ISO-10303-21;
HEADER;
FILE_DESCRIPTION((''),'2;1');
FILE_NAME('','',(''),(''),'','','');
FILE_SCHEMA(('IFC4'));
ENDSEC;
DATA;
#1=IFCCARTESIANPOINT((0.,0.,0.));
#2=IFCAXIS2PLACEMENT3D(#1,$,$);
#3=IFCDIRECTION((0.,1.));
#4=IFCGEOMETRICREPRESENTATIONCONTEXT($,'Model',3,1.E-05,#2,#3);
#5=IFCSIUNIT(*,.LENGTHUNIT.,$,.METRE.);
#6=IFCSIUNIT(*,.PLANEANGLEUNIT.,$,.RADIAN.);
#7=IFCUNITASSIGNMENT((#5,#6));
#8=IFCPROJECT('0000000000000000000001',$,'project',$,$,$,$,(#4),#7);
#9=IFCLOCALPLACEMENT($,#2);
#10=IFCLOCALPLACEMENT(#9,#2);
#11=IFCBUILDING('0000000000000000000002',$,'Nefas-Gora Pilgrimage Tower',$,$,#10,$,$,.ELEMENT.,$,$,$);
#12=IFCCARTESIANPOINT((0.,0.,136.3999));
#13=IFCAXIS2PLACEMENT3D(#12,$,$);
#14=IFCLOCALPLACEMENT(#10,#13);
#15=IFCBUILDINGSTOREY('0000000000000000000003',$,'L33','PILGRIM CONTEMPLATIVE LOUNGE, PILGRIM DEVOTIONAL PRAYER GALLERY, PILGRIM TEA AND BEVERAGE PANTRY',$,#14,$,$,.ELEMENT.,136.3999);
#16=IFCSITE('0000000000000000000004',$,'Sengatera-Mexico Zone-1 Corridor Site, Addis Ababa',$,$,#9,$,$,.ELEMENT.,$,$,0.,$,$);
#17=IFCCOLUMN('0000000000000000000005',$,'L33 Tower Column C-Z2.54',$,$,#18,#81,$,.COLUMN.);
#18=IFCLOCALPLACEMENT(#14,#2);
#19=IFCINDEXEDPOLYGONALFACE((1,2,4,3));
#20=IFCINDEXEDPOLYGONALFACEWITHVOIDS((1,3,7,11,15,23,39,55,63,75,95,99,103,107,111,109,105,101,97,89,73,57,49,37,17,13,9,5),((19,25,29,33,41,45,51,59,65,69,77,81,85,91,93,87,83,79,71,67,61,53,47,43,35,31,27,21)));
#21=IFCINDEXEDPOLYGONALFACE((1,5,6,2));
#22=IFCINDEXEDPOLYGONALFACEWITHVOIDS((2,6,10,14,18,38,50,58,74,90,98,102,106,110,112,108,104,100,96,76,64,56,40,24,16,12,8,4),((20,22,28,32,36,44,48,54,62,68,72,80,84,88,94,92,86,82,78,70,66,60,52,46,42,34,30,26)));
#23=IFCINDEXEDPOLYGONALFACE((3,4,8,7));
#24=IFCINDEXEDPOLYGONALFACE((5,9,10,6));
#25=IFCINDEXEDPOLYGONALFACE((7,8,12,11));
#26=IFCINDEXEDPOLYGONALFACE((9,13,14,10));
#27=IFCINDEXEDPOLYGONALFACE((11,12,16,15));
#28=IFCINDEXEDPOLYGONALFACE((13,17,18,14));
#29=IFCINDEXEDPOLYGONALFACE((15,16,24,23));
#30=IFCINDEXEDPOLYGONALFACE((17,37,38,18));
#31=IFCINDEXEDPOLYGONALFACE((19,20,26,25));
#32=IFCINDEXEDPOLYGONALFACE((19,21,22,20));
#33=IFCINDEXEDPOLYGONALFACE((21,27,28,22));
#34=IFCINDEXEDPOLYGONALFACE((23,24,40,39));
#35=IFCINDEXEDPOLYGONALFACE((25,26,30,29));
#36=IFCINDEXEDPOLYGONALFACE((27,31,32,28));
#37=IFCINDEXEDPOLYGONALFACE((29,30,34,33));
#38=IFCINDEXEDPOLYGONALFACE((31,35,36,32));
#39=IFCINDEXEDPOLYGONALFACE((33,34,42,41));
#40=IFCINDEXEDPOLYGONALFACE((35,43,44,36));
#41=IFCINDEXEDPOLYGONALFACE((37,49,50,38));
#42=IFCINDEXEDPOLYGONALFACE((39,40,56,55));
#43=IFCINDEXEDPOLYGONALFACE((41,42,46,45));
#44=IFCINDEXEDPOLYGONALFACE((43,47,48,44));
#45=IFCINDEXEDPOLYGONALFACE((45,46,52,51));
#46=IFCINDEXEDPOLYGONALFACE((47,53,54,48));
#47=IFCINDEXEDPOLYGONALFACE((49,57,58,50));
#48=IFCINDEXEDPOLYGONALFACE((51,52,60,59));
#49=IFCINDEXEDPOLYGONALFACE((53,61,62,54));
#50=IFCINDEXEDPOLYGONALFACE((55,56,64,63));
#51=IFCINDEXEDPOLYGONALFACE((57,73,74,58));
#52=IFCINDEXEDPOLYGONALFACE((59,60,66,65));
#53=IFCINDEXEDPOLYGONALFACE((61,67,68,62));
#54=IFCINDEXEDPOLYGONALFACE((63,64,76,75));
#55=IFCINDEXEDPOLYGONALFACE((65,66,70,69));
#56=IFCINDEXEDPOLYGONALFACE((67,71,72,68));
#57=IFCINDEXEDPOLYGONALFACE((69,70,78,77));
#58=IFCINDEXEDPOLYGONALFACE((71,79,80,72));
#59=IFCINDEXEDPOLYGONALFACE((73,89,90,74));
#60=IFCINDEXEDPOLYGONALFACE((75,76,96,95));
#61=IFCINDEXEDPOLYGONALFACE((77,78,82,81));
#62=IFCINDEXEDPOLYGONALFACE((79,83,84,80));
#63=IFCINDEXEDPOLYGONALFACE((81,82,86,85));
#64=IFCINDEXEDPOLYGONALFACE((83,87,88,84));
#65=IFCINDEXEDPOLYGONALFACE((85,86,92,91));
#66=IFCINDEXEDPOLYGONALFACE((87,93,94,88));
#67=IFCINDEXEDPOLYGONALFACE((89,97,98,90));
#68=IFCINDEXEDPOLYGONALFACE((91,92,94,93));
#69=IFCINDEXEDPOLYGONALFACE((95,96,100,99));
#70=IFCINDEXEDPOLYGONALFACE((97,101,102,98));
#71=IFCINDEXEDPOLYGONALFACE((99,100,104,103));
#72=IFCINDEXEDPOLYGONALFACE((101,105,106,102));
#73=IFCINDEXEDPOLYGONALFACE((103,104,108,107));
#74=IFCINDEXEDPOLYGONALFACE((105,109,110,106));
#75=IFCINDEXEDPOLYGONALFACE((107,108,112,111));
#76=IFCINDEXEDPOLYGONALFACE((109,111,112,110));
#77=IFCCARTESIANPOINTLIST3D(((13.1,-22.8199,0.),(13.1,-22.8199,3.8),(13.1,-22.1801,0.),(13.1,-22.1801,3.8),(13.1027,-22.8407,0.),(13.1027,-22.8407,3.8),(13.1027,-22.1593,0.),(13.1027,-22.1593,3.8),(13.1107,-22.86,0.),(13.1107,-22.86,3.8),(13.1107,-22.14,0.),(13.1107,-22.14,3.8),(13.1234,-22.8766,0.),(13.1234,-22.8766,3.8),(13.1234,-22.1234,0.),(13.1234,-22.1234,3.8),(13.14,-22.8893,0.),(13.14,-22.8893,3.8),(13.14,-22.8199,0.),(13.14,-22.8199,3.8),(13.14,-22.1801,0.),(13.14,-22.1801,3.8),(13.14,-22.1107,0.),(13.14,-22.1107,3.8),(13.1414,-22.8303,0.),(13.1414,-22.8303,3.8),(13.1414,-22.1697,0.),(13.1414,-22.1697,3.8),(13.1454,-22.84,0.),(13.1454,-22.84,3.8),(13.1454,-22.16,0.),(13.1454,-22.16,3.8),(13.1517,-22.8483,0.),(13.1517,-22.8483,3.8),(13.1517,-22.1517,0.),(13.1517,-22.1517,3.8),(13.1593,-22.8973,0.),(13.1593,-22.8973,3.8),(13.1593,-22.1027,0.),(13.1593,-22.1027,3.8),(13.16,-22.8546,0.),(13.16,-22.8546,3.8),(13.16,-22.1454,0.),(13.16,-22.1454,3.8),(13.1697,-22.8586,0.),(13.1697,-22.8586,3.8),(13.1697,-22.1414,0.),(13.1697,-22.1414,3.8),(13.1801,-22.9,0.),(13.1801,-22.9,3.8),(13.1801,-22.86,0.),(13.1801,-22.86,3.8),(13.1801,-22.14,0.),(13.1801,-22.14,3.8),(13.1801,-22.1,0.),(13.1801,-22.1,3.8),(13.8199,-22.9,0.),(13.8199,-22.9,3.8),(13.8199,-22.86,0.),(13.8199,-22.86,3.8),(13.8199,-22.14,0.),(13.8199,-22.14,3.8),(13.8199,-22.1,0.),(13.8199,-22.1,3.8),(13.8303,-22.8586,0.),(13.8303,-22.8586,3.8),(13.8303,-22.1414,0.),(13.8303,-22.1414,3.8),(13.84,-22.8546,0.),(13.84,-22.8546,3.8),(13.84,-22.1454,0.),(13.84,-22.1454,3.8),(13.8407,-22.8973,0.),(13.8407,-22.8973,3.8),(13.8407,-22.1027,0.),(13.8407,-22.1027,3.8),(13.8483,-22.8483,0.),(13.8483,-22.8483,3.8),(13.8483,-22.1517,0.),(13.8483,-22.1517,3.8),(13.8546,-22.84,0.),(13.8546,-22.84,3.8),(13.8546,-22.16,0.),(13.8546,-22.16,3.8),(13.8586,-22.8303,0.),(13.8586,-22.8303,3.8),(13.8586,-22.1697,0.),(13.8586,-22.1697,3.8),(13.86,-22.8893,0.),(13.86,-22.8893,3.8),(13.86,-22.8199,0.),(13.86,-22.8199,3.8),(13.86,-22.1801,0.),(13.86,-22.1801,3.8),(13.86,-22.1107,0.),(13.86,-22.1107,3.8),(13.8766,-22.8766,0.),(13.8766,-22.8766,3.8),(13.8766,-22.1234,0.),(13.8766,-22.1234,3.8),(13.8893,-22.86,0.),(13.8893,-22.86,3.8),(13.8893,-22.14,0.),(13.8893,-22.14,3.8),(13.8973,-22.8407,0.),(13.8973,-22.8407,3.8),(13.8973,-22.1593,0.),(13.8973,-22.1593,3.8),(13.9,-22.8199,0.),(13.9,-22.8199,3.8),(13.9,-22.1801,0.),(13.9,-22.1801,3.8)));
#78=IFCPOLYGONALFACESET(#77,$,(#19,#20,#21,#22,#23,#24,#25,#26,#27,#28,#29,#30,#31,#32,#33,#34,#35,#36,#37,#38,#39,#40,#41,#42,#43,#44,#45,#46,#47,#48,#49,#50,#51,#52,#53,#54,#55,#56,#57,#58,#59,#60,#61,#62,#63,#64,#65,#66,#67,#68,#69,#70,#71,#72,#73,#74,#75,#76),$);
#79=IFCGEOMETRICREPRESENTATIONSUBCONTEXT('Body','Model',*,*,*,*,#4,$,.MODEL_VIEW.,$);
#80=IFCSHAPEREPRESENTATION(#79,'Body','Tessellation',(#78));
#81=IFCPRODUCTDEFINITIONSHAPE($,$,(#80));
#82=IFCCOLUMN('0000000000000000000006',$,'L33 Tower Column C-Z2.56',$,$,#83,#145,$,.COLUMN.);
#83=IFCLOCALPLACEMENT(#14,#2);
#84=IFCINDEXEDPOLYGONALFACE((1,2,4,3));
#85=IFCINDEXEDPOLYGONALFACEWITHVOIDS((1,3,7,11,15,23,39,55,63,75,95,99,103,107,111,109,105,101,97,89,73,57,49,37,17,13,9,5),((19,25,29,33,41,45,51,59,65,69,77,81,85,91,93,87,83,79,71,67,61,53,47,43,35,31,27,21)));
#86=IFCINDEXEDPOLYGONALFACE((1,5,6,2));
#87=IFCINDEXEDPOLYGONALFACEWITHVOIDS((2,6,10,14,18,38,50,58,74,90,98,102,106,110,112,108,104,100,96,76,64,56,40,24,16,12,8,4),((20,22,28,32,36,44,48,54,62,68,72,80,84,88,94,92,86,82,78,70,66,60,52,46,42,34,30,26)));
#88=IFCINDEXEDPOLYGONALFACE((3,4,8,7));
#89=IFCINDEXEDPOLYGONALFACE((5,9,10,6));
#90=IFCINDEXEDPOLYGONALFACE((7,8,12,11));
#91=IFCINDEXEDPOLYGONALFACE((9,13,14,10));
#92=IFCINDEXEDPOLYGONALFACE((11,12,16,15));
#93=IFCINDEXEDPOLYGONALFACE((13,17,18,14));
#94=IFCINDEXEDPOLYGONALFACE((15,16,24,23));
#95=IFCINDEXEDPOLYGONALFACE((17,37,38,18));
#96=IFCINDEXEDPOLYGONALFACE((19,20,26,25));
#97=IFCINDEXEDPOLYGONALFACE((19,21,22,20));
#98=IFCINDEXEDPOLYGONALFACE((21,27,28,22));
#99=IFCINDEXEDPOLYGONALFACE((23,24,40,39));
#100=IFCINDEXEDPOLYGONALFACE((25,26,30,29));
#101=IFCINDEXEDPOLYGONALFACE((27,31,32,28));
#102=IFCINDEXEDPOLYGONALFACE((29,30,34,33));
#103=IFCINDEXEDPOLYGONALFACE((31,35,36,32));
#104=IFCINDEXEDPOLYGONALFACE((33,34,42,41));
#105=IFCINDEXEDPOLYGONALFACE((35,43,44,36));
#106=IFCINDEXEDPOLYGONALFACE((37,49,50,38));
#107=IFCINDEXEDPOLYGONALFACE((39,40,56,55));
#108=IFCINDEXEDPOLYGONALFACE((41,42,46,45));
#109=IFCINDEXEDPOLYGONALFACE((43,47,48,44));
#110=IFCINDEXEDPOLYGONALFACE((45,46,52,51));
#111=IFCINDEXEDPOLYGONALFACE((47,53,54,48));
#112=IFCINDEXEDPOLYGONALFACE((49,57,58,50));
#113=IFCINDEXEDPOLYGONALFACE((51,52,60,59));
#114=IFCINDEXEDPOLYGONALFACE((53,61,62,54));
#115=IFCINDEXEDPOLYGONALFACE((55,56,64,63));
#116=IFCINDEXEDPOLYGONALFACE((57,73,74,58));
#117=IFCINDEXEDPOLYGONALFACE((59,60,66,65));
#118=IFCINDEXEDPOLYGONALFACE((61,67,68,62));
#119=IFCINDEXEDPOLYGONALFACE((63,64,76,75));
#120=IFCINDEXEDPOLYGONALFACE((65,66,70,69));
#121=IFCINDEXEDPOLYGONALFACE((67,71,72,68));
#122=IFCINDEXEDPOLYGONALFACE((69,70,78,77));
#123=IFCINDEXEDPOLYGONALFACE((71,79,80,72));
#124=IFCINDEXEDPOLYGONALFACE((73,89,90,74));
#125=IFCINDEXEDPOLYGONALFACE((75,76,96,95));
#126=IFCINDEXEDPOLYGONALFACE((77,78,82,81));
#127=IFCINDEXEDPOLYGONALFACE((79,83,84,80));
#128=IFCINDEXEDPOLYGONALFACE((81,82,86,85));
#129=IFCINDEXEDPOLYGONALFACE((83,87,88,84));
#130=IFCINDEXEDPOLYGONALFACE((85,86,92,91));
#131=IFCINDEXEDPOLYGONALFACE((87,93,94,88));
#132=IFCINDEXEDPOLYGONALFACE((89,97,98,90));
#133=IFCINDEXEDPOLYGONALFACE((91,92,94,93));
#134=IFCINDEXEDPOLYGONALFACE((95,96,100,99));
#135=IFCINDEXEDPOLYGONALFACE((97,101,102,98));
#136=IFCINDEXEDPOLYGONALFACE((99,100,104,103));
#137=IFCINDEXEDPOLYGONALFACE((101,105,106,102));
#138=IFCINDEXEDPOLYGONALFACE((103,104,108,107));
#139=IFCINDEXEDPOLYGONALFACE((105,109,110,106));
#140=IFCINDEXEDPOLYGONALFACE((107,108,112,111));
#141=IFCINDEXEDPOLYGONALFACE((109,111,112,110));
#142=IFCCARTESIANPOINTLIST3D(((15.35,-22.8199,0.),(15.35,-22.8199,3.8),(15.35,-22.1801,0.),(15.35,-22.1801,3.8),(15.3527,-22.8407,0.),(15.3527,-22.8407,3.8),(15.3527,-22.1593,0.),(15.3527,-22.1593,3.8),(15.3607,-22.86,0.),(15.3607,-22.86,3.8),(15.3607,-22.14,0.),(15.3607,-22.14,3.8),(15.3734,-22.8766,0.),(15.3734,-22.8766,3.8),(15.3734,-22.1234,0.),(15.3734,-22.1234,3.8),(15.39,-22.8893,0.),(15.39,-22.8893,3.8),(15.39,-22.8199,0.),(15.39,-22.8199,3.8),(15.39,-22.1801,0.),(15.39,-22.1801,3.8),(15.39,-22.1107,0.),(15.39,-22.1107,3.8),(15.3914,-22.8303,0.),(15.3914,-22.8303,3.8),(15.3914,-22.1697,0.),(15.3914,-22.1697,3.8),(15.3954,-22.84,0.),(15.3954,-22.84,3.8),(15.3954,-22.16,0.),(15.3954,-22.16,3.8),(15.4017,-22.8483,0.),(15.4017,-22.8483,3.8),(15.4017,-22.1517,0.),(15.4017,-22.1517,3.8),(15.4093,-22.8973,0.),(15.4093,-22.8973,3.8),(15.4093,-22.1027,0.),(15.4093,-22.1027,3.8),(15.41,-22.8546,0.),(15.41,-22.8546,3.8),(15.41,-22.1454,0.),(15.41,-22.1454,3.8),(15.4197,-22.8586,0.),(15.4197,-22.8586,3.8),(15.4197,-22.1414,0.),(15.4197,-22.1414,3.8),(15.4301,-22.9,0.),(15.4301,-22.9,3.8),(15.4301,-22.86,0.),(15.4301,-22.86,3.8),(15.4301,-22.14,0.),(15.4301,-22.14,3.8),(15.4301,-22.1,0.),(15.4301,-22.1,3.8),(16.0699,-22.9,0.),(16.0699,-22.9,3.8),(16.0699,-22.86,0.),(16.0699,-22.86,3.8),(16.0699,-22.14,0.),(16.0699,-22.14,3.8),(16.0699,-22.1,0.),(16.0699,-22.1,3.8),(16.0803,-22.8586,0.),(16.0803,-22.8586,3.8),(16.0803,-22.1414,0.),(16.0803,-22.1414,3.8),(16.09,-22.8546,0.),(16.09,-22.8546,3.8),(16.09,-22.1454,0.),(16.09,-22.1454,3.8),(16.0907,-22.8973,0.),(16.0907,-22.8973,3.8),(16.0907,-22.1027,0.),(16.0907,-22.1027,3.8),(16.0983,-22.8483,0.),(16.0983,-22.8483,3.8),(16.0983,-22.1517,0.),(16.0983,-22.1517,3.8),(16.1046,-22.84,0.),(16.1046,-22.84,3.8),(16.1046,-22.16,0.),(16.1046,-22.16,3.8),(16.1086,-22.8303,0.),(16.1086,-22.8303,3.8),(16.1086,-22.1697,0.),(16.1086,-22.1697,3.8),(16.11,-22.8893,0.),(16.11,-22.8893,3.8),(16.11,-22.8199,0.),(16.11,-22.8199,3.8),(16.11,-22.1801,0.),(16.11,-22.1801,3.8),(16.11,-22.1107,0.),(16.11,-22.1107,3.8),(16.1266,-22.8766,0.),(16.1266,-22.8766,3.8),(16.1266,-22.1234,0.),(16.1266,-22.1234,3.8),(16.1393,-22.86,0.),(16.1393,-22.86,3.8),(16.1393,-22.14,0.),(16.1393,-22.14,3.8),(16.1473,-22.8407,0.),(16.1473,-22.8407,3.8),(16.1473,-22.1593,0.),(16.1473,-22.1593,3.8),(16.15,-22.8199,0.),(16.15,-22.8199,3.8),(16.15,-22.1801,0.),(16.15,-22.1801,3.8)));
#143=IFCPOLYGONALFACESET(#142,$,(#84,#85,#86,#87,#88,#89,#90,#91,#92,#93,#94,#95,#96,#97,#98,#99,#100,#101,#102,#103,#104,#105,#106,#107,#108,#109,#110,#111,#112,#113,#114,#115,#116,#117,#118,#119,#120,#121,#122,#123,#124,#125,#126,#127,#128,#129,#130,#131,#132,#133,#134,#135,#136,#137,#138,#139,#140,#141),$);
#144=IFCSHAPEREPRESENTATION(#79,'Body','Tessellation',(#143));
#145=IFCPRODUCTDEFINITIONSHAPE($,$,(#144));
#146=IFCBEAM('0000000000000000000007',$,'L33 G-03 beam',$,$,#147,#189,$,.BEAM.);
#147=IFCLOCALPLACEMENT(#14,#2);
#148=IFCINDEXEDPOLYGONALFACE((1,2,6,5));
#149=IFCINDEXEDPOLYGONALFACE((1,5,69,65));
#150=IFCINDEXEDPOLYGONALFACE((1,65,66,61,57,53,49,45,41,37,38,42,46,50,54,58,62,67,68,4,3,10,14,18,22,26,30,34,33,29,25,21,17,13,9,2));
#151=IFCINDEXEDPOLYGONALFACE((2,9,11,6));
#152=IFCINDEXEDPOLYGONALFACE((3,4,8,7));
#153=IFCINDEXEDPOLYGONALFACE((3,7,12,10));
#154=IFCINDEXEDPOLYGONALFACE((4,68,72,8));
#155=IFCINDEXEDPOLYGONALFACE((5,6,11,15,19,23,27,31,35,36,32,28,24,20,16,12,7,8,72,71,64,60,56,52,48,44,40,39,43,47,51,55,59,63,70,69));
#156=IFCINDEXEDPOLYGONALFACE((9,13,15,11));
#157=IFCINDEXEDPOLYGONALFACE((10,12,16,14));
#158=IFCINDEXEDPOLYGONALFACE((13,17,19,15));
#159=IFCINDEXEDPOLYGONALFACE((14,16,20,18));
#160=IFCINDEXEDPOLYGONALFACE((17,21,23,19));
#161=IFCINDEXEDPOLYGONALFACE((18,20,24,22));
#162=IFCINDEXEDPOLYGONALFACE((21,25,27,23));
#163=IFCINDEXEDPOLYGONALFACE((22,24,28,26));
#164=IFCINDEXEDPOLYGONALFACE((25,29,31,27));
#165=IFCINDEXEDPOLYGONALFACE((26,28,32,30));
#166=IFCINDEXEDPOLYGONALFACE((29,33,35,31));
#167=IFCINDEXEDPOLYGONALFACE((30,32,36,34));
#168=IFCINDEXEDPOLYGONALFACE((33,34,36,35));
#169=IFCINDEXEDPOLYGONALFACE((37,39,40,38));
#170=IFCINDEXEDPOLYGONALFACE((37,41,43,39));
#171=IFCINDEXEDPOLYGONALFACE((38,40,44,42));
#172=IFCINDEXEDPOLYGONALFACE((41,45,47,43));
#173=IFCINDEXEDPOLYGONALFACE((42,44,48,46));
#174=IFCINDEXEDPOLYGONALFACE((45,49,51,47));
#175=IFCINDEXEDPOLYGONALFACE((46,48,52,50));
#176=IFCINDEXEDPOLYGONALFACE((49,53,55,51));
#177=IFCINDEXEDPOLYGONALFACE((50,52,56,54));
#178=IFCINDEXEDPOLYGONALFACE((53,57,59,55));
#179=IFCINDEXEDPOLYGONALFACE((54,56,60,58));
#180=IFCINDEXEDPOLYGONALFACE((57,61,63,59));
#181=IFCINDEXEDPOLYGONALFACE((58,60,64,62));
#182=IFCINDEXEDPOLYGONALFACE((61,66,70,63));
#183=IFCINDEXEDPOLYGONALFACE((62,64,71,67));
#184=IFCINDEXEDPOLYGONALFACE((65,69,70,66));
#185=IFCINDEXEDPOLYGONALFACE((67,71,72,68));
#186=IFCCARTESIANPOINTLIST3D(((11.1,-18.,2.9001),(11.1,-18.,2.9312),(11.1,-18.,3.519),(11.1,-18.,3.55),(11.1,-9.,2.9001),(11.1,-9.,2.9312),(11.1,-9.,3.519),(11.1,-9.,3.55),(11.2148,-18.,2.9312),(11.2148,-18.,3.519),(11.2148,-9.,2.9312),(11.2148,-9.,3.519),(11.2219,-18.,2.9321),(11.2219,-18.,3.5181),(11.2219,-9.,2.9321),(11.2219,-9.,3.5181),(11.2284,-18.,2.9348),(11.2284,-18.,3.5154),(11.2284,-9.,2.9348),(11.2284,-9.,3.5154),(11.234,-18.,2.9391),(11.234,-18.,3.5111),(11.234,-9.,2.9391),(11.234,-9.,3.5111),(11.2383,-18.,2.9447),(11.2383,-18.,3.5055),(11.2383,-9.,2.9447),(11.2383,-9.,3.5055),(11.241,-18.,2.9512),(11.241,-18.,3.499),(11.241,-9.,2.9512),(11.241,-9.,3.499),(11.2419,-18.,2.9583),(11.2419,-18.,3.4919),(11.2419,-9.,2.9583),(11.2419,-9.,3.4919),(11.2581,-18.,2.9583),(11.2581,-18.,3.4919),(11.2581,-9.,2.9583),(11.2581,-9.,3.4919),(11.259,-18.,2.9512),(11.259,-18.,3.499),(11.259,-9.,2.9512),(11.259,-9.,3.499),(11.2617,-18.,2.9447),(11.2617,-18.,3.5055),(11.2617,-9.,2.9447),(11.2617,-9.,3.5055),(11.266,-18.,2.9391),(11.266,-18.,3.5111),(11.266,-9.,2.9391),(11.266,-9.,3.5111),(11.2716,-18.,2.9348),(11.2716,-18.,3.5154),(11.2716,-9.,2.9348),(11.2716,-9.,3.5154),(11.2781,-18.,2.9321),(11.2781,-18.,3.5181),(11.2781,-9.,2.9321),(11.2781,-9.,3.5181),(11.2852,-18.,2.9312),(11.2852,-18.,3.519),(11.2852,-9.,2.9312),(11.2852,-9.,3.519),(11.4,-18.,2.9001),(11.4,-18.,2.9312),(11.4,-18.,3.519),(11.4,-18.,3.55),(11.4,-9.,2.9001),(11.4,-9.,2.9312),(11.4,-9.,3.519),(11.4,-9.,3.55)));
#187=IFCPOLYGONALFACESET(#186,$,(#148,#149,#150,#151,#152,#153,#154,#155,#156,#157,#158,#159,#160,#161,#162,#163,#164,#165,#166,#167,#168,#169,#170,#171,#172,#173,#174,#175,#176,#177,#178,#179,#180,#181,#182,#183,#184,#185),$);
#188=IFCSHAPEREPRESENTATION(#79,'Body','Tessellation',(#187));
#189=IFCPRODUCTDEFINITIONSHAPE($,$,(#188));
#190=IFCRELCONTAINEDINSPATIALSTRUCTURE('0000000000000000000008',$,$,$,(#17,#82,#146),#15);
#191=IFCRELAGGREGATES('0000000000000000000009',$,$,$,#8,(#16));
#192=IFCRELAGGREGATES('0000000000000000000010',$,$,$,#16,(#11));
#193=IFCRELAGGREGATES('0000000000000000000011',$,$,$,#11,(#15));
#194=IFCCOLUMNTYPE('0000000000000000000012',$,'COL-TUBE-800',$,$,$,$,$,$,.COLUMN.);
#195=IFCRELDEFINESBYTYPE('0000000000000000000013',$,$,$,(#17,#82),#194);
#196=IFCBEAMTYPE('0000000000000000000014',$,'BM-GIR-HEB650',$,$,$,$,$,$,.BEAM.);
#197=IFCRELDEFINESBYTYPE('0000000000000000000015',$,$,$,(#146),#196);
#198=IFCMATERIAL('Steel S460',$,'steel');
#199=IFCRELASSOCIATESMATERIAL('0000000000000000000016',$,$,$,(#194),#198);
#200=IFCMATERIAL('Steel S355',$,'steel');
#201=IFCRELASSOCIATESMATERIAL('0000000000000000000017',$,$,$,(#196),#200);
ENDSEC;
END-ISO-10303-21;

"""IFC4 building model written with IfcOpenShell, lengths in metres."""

from ifc_helpers import new_model, si_unit, direction, frame, origin, origin_2d, place, context, subcontext, project, spatial, hollow_rectangle, i_section, extrude, source, transform, mapped, material, material_profile, profile_set, type_object, element, save


model = new_model("IFC4")

# Units and contexts
model_context = context("Model", 3, precision=1e-05, world=origin(), true_north=direction((0.0, 1.0)))
body_context = subcontext(model_context, "Body", "Model", "MODEL_VIEW")
ifc_project = project(units=[si_unit("LENGTHUNIT", "METRE"), si_unit("PLANEANGLEUNIT", "RADIAN")], contexts=[model_context])

# Site, building, storey
site_placement = place(None, origin())
site = spatial("IfcSite", under=ifc_project, at=site_placement, Name="Sengatera-Mexico Zone-1 Corridor Site, Addis Ababa", CompositionType="ELEMENT", RefElevation=0.0)
building_placement = place(site_placement, origin())
building = spatial("IfcBuilding", under=site, at=building_placement, Name="Nefas-Gora Pilgrimage Tower", CompositionType="ELEMENT")
storey_placement = place(building_placement, frame((0.0, 0.0, 136.3999)))
storey = spatial("IfcBuildingStorey", under=building, at=storey_placement, Name="L33", Description="PILGRIM CONTEMPLATIVE LOUNGE, PILGRIM DEVOTIONAL PRAYER GALLERY, PILGRIM TEA AND BEVERAGE PANTRY", CompositionType="ELEMENT", Elevation=136.3999)

# Columns
ifc_material_1 = material(Name="Steel S460", Category="steel")
ifc_material_profile_1 = material_profile(ifc_material_1, hollow_rectangle(XDim=0.8, YDim=0.8, WallThickness=0.04, InnerFilletRadius=0.04, OuterFilletRadius=0.0801, at=origin_2d()), Name="BOX 800x800x40")
ifc_profile_set_1 = profile_set([ifc_material_profile_1], Name="Steel S460")
column_type_1 = type_object("IfcColumnType", Name="COL-TUBE-800", PredefinedType="COLUMN", material=ifc_profile_set_1)
shared_shape_1 = source(origin(), body_context, "Body", "SweptSolid", [
    extrude(hollow_rectangle(XDim=0.8, YDim=0.8, WallThickness=0.04, InnerFilletRadius=0.04, OuterFilletRadius=0.0801, at=origin_2d()), origin(), (0.0, 0.0, 1.0), 3.8),
])
for number, where, z_axis, x_axis, name in (
    (1, (13.5, -22.5, 0.0), (0.0, 0.0, 1.0), (1.0, 0.0, 0.0), "L33 Tower Column C-Z2.54"),
    (2, (15.75, -22.5, 0.0), (0.0, 0.0, 1.0), (1.0, 0.0, 0.0), "L33 Tower Column C-Z2.56"),
):
    element("IfcColumn", number, at=place(storey_placement, frame(where, z_axis=z_axis, x_axis=x_axis)), inside=storey, type_object=column_type_1, Name=name, PredefinedType="COLUMN", context=body_context, shape_type="MappedRepresentation", body=[
        mapped(shared_shape_1, transform((0.0, 0.0, 0.0), x_axis=(1.0, 0.0, 0.0), y_axis=(0.0, 1.0, 0.0), z_axis=(0.0, 0.0, 1.0), scale=1.0)),
    ])

# Beam
ifc_material_2 = material(Name="Steel S355", Category="steel")
ifc_material_profile_2 = material_profile(ifc_material_2, i_section(OverallWidth=0.3, OverallDepth=0.6499, WebThickness=0.0161, FlangeThickness=0.031, FilletRadius=0.0271, at=origin_2d()), Name="HEB 650")
ifc_profile_set_2 = profile_set([ifc_material_profile_2], Name="Steel S355")
beam_type_1 = type_object("IfcBeamType", Name="BM-GIR-HEB650", PredefinedType="BEAM", material=ifc_profile_set_2)
shared_shape_2 = source(origin(), body_context, "Body", "SweptSolid", [
    extrude(i_section(OverallWidth=0.3, OverallDepth=0.6499, WebThickness=0.0161, FlangeThickness=0.031, FilletRadius=0.0271, at=origin_2d()), origin(), (0.0, 0.0, 1.0), 9.0),
])
beam_1_placement = place(storey_placement, frame((11.25, -18.0, 3.2251), z_axis=(0.0, 1.0, 0.0), x_axis=(-1.0, 0.0, 0.0)))
element("IfcBeam", 3, at=beam_1_placement, inside=storey, type_object=beam_type_1, Name="L33 G-03 beam", PredefinedType="BEAM", context=body_context, shape_type="MappedRepresentation", body=[
    mapped(shared_shape_2, transform((0.0, 0.0, 0.0), x_axis=(1.0, 0.0, 0.0), y_axis=(0.0, 1.0, 0.0), z_axis=(0.0, 0.0, 1.0), scale=1.0)),
])

save(model, "model.ifc")
